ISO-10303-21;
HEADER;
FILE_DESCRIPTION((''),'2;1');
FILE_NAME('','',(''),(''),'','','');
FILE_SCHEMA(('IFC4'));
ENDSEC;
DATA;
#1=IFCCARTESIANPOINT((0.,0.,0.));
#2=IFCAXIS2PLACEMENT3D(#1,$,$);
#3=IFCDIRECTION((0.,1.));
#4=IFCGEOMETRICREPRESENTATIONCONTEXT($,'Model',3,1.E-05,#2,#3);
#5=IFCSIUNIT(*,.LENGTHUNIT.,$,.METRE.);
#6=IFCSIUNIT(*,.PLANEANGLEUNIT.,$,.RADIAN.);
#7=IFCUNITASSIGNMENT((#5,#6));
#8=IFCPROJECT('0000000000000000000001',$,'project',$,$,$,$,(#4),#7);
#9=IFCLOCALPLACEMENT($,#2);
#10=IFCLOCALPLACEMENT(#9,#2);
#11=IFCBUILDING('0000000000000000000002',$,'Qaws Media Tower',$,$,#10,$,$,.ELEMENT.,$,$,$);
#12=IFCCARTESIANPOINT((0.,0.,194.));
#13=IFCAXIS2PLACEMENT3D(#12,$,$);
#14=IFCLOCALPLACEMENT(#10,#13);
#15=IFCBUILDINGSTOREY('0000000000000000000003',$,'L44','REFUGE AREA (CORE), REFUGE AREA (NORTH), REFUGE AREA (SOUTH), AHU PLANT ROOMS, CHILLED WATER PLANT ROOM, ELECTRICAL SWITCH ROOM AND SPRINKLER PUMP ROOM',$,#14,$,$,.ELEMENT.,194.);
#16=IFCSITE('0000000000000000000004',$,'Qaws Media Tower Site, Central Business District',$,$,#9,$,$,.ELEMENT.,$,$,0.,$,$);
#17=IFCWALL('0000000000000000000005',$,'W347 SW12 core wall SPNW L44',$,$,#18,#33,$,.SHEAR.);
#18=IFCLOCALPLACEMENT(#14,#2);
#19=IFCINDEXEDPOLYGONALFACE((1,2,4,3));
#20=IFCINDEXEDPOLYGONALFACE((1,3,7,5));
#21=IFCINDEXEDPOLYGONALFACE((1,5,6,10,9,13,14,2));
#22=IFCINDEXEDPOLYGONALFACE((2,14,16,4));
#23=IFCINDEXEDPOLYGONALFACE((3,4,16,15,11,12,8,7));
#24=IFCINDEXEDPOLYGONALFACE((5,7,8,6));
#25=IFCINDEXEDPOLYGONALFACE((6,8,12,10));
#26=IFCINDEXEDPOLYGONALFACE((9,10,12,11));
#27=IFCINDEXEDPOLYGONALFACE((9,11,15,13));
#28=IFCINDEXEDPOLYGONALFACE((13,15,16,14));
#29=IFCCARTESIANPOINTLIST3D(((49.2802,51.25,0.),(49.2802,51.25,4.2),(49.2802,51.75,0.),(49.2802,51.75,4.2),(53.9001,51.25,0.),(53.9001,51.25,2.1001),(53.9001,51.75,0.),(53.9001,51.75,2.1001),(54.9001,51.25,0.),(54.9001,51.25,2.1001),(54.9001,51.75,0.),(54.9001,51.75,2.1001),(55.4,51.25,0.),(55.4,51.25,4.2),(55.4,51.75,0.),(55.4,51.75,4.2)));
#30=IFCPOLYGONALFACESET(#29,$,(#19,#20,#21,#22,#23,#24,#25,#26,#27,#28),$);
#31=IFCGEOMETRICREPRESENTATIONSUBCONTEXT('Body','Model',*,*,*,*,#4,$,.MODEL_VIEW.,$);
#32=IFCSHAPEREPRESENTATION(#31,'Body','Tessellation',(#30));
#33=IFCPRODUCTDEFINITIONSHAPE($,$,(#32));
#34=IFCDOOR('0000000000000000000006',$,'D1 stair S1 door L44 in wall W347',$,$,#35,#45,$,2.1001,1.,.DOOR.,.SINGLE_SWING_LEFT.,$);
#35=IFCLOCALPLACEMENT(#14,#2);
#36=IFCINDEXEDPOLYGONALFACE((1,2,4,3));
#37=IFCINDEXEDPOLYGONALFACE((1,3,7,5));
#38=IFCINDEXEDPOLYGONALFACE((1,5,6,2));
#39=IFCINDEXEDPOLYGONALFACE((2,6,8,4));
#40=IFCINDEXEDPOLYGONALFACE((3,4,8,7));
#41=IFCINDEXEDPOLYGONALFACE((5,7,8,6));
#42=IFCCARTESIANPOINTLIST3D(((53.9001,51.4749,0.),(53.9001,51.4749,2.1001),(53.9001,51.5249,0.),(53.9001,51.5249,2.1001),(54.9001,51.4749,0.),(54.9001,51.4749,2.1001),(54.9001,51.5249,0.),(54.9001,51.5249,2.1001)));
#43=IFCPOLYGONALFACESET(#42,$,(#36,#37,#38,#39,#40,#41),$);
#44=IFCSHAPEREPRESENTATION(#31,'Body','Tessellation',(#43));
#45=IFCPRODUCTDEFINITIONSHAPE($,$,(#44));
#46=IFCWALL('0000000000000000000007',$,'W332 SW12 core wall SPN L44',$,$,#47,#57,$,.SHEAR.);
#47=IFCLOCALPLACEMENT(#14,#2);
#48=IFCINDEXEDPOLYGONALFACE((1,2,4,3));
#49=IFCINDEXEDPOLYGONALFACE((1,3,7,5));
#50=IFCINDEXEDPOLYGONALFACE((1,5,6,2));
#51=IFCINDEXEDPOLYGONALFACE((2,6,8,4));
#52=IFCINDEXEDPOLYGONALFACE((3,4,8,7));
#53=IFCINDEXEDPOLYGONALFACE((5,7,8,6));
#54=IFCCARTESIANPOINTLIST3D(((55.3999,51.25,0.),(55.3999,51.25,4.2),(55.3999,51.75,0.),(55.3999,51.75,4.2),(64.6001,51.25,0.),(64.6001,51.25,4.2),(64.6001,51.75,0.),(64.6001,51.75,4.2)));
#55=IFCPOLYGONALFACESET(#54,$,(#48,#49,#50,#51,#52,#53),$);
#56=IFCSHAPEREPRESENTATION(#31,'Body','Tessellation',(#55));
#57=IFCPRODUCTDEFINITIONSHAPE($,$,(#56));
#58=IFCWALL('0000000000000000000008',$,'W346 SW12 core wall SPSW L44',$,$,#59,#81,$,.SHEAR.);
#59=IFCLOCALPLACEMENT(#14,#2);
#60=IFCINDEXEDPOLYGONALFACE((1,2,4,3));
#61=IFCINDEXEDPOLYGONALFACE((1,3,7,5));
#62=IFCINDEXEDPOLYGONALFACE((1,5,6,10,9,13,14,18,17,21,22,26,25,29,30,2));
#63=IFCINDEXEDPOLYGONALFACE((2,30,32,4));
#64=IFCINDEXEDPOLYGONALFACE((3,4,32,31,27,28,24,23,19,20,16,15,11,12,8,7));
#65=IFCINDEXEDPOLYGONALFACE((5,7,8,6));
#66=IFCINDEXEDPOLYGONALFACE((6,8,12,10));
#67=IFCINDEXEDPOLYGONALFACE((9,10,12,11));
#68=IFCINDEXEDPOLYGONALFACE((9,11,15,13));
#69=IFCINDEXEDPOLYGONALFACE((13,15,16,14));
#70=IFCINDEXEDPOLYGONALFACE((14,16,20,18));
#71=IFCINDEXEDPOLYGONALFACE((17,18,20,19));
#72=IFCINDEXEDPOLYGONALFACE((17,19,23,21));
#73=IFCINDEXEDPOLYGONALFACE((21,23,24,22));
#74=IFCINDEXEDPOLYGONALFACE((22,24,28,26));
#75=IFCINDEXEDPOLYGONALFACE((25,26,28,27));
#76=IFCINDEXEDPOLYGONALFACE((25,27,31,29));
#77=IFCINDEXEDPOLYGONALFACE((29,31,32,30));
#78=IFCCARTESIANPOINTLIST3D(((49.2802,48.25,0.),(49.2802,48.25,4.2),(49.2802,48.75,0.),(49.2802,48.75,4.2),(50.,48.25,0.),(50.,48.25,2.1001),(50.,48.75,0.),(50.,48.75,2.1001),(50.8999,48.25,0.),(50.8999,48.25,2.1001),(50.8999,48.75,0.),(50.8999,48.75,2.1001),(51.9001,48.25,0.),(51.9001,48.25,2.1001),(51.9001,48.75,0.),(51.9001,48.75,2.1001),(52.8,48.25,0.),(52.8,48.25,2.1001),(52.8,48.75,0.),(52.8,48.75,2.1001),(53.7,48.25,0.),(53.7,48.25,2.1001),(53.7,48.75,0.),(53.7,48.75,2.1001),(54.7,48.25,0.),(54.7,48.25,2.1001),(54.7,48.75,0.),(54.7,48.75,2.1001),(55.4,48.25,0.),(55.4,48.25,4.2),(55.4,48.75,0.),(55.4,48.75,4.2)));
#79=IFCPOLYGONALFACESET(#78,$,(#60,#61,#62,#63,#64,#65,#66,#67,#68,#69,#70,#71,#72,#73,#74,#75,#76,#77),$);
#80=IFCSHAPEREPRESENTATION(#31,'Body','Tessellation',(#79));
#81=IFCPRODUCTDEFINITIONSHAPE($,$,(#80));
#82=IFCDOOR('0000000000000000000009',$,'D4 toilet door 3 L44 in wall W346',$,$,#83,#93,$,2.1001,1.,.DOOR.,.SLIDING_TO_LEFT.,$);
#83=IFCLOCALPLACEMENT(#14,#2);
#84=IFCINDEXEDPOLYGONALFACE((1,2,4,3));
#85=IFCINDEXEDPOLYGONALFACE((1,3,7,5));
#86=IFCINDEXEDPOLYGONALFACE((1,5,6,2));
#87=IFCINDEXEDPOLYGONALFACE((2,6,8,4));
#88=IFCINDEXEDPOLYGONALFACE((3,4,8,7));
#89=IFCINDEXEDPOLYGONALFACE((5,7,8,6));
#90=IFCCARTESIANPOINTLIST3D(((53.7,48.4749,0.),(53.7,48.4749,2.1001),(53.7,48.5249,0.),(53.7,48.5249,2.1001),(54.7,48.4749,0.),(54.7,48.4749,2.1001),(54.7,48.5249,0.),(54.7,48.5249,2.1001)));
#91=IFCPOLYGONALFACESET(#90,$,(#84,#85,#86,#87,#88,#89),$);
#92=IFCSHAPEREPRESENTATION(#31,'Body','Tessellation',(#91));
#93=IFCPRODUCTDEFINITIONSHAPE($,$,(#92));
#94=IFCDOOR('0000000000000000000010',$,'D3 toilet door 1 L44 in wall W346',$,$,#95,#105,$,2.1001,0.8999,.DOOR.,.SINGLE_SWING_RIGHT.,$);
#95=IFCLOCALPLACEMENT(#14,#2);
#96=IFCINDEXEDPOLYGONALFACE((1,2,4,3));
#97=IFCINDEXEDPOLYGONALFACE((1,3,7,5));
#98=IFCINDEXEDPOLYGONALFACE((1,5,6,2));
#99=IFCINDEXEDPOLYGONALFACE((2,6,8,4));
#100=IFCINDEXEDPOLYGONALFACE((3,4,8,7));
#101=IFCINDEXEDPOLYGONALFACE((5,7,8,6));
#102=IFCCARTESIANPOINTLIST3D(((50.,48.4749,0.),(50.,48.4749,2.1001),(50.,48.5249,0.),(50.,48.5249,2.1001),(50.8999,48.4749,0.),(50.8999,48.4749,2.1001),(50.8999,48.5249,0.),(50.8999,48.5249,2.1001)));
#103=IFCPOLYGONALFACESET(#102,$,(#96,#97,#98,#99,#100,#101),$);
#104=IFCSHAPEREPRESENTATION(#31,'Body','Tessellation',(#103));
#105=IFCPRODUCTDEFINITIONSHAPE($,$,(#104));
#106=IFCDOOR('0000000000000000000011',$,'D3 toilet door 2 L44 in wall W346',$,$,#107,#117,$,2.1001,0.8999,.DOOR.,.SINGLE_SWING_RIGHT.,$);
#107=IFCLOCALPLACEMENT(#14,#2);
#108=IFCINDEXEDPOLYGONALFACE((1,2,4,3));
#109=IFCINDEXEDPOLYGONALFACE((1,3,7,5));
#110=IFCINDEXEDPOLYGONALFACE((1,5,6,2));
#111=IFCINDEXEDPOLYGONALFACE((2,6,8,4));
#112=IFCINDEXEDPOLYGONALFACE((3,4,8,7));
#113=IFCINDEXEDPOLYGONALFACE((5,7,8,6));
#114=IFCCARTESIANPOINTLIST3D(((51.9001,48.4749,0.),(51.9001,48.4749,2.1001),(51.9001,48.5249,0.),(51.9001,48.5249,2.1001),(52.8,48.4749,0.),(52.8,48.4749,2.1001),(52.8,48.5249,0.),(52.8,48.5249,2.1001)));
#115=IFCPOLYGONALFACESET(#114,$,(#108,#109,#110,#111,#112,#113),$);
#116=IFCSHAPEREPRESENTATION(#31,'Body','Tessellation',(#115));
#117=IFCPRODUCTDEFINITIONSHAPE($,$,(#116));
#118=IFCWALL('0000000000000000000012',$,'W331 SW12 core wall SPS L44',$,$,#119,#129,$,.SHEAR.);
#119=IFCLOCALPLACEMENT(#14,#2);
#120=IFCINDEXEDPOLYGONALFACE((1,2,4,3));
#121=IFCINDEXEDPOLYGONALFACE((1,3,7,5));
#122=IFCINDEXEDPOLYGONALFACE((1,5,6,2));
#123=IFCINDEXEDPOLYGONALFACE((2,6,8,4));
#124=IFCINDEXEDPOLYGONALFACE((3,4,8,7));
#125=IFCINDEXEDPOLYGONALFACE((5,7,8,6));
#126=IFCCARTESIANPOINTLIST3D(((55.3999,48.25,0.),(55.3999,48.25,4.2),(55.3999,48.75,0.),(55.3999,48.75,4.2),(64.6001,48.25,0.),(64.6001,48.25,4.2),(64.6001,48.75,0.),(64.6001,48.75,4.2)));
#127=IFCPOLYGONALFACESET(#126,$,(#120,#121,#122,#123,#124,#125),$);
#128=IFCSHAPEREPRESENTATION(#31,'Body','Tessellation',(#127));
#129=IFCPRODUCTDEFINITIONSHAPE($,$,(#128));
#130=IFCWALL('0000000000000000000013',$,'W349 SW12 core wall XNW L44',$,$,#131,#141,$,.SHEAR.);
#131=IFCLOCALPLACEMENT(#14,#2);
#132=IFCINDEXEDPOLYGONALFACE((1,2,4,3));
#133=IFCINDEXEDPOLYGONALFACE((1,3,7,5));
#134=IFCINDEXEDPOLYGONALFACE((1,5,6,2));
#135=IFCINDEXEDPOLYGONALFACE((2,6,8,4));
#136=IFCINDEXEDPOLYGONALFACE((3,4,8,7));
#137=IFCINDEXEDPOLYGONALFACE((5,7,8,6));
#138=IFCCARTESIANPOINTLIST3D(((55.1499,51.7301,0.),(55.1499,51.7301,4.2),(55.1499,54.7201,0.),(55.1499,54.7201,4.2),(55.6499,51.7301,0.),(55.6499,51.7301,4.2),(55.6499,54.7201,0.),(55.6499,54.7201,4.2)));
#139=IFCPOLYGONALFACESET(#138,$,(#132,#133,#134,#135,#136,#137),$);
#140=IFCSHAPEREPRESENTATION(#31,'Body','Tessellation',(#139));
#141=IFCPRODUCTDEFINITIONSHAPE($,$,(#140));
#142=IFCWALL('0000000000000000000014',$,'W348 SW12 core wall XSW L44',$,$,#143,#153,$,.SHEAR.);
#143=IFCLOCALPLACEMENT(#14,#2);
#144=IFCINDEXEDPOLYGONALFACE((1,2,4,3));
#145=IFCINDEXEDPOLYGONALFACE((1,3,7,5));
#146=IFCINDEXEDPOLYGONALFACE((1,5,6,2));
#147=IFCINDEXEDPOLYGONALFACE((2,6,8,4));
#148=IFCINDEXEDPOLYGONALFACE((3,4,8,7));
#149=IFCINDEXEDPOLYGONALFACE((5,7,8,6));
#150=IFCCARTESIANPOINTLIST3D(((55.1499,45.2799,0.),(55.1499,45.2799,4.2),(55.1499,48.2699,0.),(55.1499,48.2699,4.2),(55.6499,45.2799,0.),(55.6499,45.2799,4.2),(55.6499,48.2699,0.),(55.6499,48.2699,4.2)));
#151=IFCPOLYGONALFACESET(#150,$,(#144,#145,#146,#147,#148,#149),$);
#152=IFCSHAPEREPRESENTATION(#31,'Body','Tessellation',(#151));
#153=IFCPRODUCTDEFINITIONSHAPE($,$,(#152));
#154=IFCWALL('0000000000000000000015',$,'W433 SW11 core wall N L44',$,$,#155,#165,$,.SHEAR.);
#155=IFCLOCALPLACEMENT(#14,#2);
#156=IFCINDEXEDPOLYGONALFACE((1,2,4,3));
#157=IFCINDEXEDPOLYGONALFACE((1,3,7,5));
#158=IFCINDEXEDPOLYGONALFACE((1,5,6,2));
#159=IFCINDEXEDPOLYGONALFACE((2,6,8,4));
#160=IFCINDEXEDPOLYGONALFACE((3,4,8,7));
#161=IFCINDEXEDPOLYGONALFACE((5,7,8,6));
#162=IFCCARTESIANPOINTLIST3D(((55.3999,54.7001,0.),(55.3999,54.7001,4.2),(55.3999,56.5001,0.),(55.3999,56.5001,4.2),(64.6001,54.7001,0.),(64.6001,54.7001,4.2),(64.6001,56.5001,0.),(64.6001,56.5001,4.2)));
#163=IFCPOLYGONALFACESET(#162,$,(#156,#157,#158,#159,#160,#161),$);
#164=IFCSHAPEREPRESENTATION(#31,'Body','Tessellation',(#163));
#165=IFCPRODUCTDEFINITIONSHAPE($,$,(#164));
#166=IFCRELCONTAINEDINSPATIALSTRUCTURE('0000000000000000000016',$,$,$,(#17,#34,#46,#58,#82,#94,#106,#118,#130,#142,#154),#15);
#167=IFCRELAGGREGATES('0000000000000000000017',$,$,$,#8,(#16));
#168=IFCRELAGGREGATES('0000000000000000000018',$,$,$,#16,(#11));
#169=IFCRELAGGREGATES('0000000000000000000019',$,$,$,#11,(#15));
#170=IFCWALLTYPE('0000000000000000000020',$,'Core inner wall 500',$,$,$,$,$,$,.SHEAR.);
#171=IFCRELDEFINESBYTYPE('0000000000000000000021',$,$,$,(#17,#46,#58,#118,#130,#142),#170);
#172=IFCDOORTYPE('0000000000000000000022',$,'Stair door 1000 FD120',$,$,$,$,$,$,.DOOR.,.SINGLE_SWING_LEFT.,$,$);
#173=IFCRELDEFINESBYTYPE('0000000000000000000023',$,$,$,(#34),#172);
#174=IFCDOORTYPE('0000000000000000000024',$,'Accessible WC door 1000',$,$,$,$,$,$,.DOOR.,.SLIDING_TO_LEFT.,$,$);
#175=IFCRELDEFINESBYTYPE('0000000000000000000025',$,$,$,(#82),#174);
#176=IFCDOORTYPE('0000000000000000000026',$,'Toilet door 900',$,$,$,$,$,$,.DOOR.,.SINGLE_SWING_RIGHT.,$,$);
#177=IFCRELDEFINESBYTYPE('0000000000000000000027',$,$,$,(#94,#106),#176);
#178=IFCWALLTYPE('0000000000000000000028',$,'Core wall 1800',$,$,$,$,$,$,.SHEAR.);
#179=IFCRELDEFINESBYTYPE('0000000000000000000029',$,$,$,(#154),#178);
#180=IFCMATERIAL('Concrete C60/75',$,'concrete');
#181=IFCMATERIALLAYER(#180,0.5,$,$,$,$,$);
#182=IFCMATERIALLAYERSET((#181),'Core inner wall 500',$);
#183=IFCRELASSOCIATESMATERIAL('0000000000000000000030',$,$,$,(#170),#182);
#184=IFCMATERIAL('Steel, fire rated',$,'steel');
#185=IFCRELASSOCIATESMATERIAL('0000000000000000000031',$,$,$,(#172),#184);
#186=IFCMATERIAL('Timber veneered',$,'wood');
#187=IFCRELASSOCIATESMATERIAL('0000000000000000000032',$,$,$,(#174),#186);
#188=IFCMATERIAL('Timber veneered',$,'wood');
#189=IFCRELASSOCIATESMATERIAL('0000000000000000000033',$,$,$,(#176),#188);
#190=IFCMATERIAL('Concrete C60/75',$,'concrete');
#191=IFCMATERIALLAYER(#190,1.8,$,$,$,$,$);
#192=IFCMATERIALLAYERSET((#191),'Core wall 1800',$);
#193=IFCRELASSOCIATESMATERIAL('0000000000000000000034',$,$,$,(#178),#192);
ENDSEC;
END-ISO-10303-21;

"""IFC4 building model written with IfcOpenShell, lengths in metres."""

from ifc_helpers import new_model, si_unit, direction, frame, frame_2d, origin, place, context, subcontext, project, spatial, rectangle, extrude, material, layer, layer_set, type_object, element, fill, save


model = new_model("IFC4")

# Units and contexts
model_context = context("Model", 3, precision=1e-05, world=origin(), true_north=direction((0.0, 1.0)))
body_context = subcontext(model_context, "Body", "Model", "MODEL_VIEW")
ifc_project = project(units=[si_unit("LENGTHUNIT", "METRE"), si_unit("PLANEANGLEUNIT", "RADIAN")], contexts=[model_context])

# Site, building, storey
site_placement = place(None, origin())
site = spatial("IfcSite", under=ifc_project, at=site_placement, Name="Qaws Media Tower Site, Central Business District", CompositionType="ELEMENT", RefElevation=0.0)
building_placement = place(site_placement, origin())
building = spatial("IfcBuilding", under=site, at=building_placement, Name="Qaws Media Tower", CompositionType="ELEMENT")
storey_placement = place(building_placement, frame((0.0, 0.0, 194.0)))
storey = spatial("IfcBuildingStorey", under=building, at=storey_placement, Name="L44", Description="REFUGE AREA (CORE), REFUGE AREA (NORTH), REFUGE AREA (SOUTH), AHU PLANT ROOMS, CHILLED WATER PLANT ROOM, ELECTRICAL SWITCH ROOM AND SPRINKLER PUMP ROOM", CompositionType="ELEMENT", Elevation=194.0)

# Wall, opening, door
ifc_material_1 = material(Name="Concrete C60/75", Category="concrete")
ifc_layer_1 = layer(ifc_material_1, 0.5)
ifc_layer_set_1 = layer_set([ifc_layer_1], Name="Core inner wall 500")
wall_type_1 = type_object("IfcWallType", Name="Core inner wall 500", PredefinedType="SHEAR", material=ifc_layer_set_1)
wall_1_placement = place(storey_placement, frame((49.28, 51.5, 0.0), z_axis=(0.0, 0.0, 1.0), x_axis=(1.0, 0.0, 0.0)))
wall_1 = element("IfcWall", 1, at=wall_1_placement, inside=storey, type_object=wall_type_1, Name="W347 SW12 core wall SPNW L44", PredefinedType="SHEAR", context=body_context, shape_type="SweptSolid", body=[
    extrude(rectangle(XDim=6.1199, YDim=0.5, at=frame_2d((3.0601, 0.0))), origin(), (0.0, 0.0, 1.0), 4.2),
])
opening_1_placement = place(wall_1_placement, frame((4.6201, 0.0, 0.0)))
opening_1 = element("IfcOpeningElement", 2, at=opening_1_placement, cuts=wall_1, PredefinedType="OPENING", context=body_context, shape_type="SweptSolid", body=[
    extrude(rectangle(XDim=1.0, YDim=2.1001, at=frame_2d((0.5, 1.05))), frame((0.0, 0.26, 0.0), z_axis=(0.0, -1.0, 0.0), x_axis=(1.0, 0.0, 0.0)), (0.0, 0.0, 1.0), 0.52),
])
ifc_material_2 = material(Name="Steel, fire rated", Category="steel")
door_type_1 = type_object("IfcDoorType", Name="Stair door 1000 FD120", OperationType="SINGLE_SWING_LEFT", PredefinedType="DOOR", material=ifc_material_2)
door_1_placement = place(opening_1_placement, origin())
door_1 = element("IfcDoor", 3, at=door_1_placement, inside=storey, type_object=door_type_1, Name="D1 stair S1 door L44 in wall W347", OperationType="SINGLE_SWING_LEFT", OverallHeight=2.1001, OverallWidth=1.0, PredefinedType="DOOR", context=body_context, shape_type="SweptSolid", body=[
    extrude(rectangle(XDim=1.0, YDim=2.1001, at=frame_2d((0.5, 1.05))), frame((0.0, 0.0249, 0.0), z_axis=(0.0, -1.0, 0.0), x_axis=(1.0, 0.0, 0.0)), (0.0, 0.0, 1.0), 0.05),
])
fill(opening_1, door_1)

# Wall
wall_2_placement = place(storey_placement, frame((55.3999, 51.5, 0.0), z_axis=(0.0, 0.0, 1.0), x_axis=(1.0, 0.0, 0.0)))
element("IfcWall", 4, at=wall_2_placement, inside=storey, type_object=wall_type_1, Name="W332 SW12 core wall SPN L44", PredefinedType="SHEAR", context=body_context, shape_type="SweptSolid", body=[
    extrude(rectangle(XDim=9.2002, YDim=0.5, at=frame_2d((4.6001, 0.0))), origin(), (0.0, 0.0, 1.0), 4.2),
])

# Wall, openings, doors
wall_3_placement = place(storey_placement, frame((49.28, 48.5, 0.0), z_axis=(0.0, 0.0, 1.0), x_axis=(1.0, 0.0, 0.0)))
wall_3 = element("IfcWall", 5, at=wall_3_placement, inside=storey, type_object=wall_type_1, Name="W346 SW12 core wall SPSW L44", PredefinedType="SHEAR", context=body_context, shape_type="SweptSolid", body=[
    extrude(rectangle(XDim=6.1199, YDim=0.5, at=frame_2d((3.0601, 0.0))), origin(), (0.0, 0.0, 1.0), 4.2),
])
opening_2_placement = place(wall_3_placement, frame((0.72, 0.0, 0.0)))
opening_2 = element("IfcOpeningElement", 6, at=opening_2_placement, cuts=wall_3, PredefinedType="OPENING", context=body_context, shape_type="SweptSolid", body=[
    extrude(rectangle(XDim=0.8999, YDim=2.1001, at=frame_2d((0.45, 1.05))), frame((0.0, 0.26, 0.0), z_axis=(0.0, -1.0, 0.0), x_axis=(1.0, 0.0, 0.0)), (0.0, 0.0, 1.0), 0.52),
])
opening_3_placement = place(wall_3_placement, frame((2.6201, 0.0, 0.0)))
opening_3 = element("IfcOpeningElement", 7, at=opening_3_placement, cuts=wall_3, PredefinedType="OPENING", context=body_context, shape_type="SweptSolid", body=[
    extrude(rectangle(XDim=0.8999, YDim=2.1001, at=frame_2d((0.45, 1.05))), frame((0.0, 0.26, 0.0), z_axis=(0.0, -1.0, 0.0), x_axis=(1.0, 0.0, 0.0)), (0.0, 0.0, 1.0), 0.52),
])
opening_4_placement = place(wall_3_placement, frame((4.4199, 0.0, 0.0)))
opening_4 = element("IfcOpeningElement", 8, at=opening_4_placement, cuts=wall_3, PredefinedType="OPENING", context=body_context, shape_type="SweptSolid", body=[
    extrude(rectangle(XDim=1.0, YDim=2.1001, at=frame_2d((0.5, 1.05))), frame((0.0, 0.26, 0.0), z_axis=(0.0, -1.0, 0.0), x_axis=(1.0, 0.0, 0.0)), (0.0, 0.0, 1.0), 0.52),
])
ifc_material_3 = material(Name="Timber veneered", Category="wood")
door_type_2 = type_object("IfcDoorType", Name="Accessible WC door 1000", OperationType="SLIDING_TO_LEFT", PredefinedType="DOOR", material=ifc_material_3)
door_2_placement = place(opening_4_placement, origin())
door_2 = element("IfcDoor", 9, at=door_2_placement, inside=storey, type_object=door_type_2, Name="D4 toilet door 3 L44 in wall W346", OperationType="SLIDING_TO_LEFT", OverallHeight=2.1001, OverallWidth=1.0, PredefinedType="DOOR", context=body_context, shape_type="SweptSolid", body=[
    extrude(rectangle(XDim=1.0, YDim=2.1001, at=frame_2d((0.5, 1.05))), frame((0.0, 0.0249, 0.0), z_axis=(0.0, -1.0, 0.0), x_axis=(1.0, 0.0, 0.0)), (0.0, 0.0, 1.0), 0.05),
])
fill(opening_4, door_2)
ifc_material_4 = material(Name="Timber veneered", Category="wood")
door_type_3 = type_object("IfcDoorType", Name="Toilet door 900", OperationType="SINGLE_SWING_RIGHT", PredefinedType="DOOR", material=ifc_material_4)
door_3_placement = place(opening_2_placement, origin())
door_3 = element("IfcDoor", 10, at=door_3_placement, inside=storey, type_object=door_type_3, Name="D3 toilet door 1 L44 in wall W346", OperationType="SINGLE_SWING_RIGHT", OverallHeight=2.1001, OverallWidth=0.8999, PredefinedType="DOOR", context=body_context, shape_type="SweptSolid", body=[
    extrude(rectangle(XDim=0.8999, YDim=2.1001, at=frame_2d((0.45, 1.05))), frame((0.0, 0.0249, 0.0), z_axis=(0.0, -1.0, 0.0), x_axis=(1.0, 0.0, 0.0)), (0.0, 0.0, 1.0), 0.05),
])
fill(opening_2, door_3)
door_4_placement = place(opening_3_placement, origin())
door_4 = element("IfcDoor", 11, at=door_4_placement, inside=storey, type_object=door_type_3, Name="D3 toilet door 2 L44 in wall W346", OperationType="SINGLE_SWING_RIGHT", OverallHeight=2.1001, OverallWidth=0.8999, PredefinedType="DOOR", context=body_context, shape_type="SweptSolid", body=[
    extrude(rectangle(XDim=0.8999, YDim=2.1001, at=frame_2d((0.45, 1.05))), frame((0.0, 0.0249, 0.0), z_axis=(0.0, -1.0, 0.0), x_axis=(1.0, 0.0, 0.0)), (0.0, 0.0, 1.0), 0.05),
])
fill(opening_3, door_4)

# Walls
wall_4_placement = place(storey_placement, frame((55.3999, 48.5, 0.0), z_axis=(0.0, 0.0, 1.0), x_axis=(1.0, 0.0, 0.0)))
element("IfcWall", 12, at=wall_4_placement, inside=storey, type_object=wall_type_1, Name="W331 SW12 core wall SPS L44", PredefinedType="SHEAR", context=body_context, shape_type="SweptSolid", body=[
    extrude(rectangle(XDim=9.2002, YDim=0.5, at=frame_2d((4.6001, 0.0))), origin(), (0.0, 0.0, 1.0), 4.2),
])
for number, where, z_axis, x_axis, name in (
    (13, (55.3999, 51.73, 0.0), (0.0, 0.0, 1.0), (0.0, 1.0, 0.0), "W349 SW12 core wall XNW L44"),
    (14, (55.3999, 48.27, 0.0), (0.0, 0.0, 1.0), (0.0, -1.0, 0.0), "W348 SW12 core wall XSW L44"),
):
    element("IfcWall", number, at=place(storey_placement, frame(where, z_axis=z_axis, x_axis=x_axis)), inside=storey, type_object=wall_type_1, Name=name, PredefinedType="SHEAR", context=body_context, shape_type="SweptSolid", body=[
        extrude(rectangle(XDim=2.99, YDim=0.5, at=frame_2d((1.4951, 0.0))), origin(), (0.0, 0.0, 1.0), 4.2),
    ])
ifc_material_5 = material(Name="Concrete C60/75", Category="concrete")
ifc_layer_2 = layer(ifc_material_5, 1.8)
ifc_layer_set_2 = layer_set([ifc_layer_2], Name="Core wall 1800")
wall_type_2 = type_object("IfcWallType", Name="Core wall 1800", PredefinedType="SHEAR", material=ifc_layer_set_2)
wall_5_placement = place(storey_placement, frame((55.3999, 55.6001, 0.0), z_axis=(0.0, 0.0, 1.0), x_axis=(1.0, 0.0, 0.0)))
element("IfcWall", 15, at=wall_5_placement, inside=storey, type_object=wall_type_2, Name="W433 SW11 core wall N L44", PredefinedType="SHEAR", context=body_context, shape_type="SweptSolid", body=[
    extrude(rectangle(XDim=9.2002, YDim=1.8, at=frame_2d((4.6001, 0.0))), origin(), (0.0, 0.0, 1.0), 4.2),
])

save(model, "model.ifc")
